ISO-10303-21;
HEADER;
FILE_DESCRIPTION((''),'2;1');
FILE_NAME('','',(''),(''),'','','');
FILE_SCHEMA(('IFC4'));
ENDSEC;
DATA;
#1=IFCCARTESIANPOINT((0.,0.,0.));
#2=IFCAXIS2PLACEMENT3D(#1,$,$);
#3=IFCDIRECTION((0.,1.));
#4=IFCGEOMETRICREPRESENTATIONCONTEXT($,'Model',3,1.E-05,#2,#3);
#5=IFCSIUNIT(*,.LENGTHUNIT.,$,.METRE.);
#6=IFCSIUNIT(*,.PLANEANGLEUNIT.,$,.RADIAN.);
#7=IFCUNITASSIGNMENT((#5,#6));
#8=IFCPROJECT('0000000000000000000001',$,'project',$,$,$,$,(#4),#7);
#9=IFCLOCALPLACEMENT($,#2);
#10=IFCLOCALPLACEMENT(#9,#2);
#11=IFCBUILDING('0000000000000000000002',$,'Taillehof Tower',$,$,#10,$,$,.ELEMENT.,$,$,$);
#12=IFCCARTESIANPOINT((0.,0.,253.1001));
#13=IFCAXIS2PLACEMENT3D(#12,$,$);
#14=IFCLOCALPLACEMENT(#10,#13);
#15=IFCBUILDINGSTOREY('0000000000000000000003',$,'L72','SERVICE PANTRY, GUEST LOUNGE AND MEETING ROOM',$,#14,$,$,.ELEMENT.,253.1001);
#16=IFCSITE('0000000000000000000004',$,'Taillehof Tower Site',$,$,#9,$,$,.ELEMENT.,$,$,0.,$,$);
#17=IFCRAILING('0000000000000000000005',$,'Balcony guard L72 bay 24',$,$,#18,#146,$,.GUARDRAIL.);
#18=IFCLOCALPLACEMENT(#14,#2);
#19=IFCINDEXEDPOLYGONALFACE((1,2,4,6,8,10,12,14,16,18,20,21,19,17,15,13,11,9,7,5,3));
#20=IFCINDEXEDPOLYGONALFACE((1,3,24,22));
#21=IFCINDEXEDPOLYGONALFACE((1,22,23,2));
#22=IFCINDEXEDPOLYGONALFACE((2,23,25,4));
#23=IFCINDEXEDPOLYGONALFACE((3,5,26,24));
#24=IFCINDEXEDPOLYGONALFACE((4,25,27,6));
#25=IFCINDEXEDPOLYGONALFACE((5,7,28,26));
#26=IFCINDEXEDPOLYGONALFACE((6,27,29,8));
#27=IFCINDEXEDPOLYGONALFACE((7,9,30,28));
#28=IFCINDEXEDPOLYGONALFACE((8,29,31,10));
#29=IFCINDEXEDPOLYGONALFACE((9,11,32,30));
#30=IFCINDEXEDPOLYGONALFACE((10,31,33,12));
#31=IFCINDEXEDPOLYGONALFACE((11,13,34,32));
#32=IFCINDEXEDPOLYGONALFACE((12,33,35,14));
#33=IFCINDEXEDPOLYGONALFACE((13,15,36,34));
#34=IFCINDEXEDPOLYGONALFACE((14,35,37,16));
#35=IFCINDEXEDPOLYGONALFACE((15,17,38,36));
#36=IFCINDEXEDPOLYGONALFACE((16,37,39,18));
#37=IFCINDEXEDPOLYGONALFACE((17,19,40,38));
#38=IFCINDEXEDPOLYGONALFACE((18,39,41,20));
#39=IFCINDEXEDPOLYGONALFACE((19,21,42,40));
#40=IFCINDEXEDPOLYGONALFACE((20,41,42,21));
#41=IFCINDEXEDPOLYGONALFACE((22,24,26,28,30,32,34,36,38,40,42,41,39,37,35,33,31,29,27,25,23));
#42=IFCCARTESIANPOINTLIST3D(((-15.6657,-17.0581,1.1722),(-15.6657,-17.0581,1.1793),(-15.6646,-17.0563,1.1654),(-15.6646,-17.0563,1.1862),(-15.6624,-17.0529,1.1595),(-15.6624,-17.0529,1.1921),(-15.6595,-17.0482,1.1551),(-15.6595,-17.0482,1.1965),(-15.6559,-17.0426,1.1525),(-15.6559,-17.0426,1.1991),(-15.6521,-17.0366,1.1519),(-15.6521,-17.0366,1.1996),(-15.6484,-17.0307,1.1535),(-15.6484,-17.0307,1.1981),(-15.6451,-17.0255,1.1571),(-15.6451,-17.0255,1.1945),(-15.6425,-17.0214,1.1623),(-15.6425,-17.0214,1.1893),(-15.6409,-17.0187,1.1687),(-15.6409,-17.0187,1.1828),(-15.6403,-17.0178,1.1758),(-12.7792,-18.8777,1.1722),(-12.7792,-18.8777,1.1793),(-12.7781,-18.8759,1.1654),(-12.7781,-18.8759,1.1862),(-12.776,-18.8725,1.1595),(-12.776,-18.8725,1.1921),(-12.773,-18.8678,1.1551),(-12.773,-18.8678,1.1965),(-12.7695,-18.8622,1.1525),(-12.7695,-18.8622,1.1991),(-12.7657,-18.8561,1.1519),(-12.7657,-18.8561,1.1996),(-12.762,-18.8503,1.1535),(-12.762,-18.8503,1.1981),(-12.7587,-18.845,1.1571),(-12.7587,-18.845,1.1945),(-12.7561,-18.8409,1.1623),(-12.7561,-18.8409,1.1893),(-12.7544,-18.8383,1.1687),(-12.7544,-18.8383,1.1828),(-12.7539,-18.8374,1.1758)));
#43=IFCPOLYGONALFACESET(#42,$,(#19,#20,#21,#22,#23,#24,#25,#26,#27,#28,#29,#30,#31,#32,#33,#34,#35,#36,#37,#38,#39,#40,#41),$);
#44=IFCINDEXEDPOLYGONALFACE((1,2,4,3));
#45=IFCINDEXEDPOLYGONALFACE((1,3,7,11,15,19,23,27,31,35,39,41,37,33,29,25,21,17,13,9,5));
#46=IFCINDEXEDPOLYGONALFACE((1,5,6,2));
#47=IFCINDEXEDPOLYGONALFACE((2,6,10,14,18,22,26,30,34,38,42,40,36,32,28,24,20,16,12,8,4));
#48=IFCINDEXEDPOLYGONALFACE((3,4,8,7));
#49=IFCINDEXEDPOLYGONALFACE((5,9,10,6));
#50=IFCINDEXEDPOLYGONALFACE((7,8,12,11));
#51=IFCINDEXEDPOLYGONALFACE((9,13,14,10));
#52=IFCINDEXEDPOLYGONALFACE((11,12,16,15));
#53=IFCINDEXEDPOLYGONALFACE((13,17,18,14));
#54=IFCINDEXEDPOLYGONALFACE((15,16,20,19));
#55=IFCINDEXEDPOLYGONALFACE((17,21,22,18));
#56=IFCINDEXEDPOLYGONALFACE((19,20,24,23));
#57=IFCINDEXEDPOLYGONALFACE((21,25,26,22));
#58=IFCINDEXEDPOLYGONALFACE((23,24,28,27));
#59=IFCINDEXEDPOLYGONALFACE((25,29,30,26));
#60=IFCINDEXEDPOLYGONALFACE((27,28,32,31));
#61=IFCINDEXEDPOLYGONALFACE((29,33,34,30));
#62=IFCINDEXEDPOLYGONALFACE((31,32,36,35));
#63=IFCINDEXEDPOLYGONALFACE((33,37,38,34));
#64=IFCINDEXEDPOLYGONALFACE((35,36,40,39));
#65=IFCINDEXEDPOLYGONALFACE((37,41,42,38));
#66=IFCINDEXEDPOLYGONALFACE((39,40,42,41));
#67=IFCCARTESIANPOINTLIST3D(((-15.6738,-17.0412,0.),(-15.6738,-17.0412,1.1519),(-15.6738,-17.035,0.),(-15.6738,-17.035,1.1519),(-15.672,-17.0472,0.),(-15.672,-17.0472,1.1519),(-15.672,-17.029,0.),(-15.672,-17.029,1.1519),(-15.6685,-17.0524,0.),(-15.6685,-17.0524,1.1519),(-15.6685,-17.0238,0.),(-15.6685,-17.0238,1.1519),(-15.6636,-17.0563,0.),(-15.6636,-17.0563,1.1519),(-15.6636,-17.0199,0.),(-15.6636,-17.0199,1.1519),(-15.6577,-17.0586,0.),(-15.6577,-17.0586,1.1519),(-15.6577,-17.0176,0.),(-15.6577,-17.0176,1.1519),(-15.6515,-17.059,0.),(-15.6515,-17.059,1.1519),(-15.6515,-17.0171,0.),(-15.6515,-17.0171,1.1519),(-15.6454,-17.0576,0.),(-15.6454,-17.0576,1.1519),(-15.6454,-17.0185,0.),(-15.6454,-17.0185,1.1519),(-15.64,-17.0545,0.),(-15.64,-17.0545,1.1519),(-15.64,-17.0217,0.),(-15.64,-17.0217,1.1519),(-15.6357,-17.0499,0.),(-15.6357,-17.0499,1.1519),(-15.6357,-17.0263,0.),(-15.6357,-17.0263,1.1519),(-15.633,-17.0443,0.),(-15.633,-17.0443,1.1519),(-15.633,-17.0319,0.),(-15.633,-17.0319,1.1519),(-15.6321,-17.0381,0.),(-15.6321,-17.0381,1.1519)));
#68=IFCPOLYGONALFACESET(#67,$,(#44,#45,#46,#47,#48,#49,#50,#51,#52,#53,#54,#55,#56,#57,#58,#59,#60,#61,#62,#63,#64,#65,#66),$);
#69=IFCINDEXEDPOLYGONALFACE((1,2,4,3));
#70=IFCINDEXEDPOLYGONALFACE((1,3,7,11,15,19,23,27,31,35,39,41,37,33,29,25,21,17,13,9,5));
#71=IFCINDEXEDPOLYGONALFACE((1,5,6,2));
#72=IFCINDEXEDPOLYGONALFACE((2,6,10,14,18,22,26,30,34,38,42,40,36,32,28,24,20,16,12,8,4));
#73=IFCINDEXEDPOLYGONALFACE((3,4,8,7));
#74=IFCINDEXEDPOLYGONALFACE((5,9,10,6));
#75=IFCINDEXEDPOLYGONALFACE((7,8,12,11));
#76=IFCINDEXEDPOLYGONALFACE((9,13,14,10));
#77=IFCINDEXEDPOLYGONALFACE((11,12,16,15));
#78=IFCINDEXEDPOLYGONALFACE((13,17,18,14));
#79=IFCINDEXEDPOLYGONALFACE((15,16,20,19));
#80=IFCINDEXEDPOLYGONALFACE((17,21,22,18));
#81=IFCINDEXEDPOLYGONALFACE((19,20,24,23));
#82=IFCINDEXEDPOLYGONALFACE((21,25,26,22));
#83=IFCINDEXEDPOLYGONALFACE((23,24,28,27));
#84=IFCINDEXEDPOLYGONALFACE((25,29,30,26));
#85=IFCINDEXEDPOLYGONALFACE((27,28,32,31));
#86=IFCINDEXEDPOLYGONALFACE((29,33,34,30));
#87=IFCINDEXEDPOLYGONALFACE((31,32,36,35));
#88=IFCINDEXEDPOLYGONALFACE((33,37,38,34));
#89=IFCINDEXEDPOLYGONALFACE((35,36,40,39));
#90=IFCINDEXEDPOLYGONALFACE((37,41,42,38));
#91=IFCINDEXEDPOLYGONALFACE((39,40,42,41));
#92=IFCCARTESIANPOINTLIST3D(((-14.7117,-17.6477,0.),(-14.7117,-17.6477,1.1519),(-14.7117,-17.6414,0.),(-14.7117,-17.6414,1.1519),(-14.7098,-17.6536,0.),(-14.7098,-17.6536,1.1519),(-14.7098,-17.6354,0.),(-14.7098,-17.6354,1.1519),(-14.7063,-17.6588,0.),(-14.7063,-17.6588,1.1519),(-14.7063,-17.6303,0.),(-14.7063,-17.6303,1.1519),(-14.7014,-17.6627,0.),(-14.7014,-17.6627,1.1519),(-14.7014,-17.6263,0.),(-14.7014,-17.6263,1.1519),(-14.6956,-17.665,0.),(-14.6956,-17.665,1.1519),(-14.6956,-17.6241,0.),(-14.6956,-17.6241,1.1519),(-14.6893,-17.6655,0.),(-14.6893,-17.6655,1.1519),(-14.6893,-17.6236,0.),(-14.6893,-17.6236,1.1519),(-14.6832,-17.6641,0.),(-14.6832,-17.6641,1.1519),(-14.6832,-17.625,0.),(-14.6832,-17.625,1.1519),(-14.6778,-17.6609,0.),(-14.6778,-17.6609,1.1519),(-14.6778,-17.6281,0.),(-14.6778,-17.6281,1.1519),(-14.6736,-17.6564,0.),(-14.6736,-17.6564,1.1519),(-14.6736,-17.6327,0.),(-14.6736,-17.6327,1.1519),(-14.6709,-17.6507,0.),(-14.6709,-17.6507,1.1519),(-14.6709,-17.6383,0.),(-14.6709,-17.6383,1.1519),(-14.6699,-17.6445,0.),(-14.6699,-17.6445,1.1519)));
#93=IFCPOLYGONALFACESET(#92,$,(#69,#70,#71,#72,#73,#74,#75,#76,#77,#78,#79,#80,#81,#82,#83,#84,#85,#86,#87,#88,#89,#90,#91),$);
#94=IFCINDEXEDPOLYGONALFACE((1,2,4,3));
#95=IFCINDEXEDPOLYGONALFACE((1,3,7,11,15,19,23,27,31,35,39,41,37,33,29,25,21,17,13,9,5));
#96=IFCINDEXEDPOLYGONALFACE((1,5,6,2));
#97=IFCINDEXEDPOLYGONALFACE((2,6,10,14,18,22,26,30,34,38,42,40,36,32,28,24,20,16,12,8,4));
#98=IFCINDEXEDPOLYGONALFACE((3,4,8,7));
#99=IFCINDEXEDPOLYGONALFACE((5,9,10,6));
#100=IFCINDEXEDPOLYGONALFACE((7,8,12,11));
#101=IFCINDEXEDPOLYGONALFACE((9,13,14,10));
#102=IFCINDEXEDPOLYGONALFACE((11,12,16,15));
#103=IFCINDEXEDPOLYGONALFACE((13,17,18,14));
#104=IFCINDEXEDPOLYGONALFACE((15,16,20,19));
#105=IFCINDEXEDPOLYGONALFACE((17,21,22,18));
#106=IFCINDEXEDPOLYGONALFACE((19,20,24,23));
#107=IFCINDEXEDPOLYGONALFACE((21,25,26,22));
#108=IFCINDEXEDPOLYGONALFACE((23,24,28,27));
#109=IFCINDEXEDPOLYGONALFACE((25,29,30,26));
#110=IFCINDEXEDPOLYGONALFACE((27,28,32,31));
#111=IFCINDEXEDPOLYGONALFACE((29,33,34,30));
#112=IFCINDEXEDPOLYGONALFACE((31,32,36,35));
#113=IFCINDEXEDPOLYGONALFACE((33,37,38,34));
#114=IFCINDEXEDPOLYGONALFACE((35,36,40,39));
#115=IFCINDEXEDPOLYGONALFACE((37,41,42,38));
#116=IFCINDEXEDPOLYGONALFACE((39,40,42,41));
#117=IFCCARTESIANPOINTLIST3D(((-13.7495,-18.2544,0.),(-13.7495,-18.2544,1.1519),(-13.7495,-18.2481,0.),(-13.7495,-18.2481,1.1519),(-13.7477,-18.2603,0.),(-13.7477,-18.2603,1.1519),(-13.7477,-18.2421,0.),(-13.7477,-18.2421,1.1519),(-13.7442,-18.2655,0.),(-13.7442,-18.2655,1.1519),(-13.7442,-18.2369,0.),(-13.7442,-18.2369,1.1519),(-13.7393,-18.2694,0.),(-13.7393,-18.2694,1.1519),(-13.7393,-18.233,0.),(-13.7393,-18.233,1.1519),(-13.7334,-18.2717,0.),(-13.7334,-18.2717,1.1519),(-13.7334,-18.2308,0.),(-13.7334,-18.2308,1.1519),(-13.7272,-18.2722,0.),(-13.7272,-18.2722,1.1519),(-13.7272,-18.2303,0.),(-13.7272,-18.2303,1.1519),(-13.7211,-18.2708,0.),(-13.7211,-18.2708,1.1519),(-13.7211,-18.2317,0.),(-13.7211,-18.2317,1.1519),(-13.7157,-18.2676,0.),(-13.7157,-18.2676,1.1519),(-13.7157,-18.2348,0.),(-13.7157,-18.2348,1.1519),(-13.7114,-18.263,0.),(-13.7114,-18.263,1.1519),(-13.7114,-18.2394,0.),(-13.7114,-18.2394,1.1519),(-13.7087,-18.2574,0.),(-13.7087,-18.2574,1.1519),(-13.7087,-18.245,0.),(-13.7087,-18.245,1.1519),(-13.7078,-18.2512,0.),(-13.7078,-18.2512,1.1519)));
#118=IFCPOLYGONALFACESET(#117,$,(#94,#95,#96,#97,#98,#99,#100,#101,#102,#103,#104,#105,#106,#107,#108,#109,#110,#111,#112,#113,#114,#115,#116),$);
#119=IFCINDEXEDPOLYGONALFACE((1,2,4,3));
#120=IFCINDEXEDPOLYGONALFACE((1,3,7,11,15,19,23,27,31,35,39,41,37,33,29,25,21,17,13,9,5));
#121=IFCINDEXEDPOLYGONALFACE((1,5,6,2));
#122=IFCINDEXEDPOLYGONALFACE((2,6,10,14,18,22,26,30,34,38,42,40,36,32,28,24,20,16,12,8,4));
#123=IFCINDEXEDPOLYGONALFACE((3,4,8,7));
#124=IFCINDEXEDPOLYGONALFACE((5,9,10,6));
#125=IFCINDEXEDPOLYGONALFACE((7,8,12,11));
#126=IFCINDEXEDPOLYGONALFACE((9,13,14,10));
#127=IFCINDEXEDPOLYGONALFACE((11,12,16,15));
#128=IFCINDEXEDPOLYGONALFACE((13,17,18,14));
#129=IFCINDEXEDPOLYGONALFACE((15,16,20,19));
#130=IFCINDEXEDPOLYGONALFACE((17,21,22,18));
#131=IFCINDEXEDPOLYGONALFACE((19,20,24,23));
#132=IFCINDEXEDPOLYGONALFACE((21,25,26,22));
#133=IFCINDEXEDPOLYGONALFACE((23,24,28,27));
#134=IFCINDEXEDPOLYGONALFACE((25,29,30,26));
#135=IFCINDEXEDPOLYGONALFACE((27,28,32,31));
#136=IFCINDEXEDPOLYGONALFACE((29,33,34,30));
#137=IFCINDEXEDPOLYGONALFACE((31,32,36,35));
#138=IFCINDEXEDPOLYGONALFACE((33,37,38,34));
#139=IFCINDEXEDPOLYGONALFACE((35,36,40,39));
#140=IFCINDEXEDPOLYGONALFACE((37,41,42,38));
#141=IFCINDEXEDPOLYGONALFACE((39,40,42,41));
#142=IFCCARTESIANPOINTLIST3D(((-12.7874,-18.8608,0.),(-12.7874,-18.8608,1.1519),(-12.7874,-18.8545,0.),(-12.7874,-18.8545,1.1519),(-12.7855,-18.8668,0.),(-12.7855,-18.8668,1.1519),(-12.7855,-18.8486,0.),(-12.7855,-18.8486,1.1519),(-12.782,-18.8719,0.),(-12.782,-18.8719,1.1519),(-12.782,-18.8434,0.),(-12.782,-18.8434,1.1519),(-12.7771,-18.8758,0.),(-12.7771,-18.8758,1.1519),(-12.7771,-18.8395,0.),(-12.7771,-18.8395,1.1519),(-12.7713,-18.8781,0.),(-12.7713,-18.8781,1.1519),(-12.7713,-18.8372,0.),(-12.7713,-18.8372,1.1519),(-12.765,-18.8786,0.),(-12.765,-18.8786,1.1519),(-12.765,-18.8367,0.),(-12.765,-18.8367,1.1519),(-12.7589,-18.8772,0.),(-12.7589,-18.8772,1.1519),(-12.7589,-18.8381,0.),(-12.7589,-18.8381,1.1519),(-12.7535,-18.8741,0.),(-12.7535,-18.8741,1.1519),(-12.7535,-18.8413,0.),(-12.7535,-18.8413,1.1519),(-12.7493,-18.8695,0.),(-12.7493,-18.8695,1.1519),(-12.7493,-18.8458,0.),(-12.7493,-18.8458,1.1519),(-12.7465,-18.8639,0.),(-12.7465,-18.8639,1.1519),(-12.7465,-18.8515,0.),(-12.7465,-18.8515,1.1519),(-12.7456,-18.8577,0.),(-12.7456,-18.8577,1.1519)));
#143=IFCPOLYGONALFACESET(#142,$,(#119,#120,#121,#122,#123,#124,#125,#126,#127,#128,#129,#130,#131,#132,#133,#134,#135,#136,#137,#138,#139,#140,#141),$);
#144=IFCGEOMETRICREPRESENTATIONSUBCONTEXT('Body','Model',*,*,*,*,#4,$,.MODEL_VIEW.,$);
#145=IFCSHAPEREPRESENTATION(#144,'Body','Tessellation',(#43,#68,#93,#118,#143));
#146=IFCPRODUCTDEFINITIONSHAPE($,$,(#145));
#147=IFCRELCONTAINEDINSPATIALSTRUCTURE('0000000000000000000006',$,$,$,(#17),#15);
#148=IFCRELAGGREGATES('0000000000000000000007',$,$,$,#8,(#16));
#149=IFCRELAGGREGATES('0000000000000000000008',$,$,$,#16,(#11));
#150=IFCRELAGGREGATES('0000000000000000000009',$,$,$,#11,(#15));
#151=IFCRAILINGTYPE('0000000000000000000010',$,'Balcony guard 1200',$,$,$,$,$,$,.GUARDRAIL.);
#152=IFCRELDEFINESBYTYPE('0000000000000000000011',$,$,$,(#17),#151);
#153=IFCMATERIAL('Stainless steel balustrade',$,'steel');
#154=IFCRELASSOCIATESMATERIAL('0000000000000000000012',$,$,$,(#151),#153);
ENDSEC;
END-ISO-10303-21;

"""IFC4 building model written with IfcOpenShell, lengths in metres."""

from ifc_helpers import new_model, si_unit, direction, frame, origin, origin_2d, place, context, subcontext, project, spatial, circle, extrude, material, type_object, element, save


model = new_model("IFC4")

# Units and contexts
model_context = context("Model", 3, precision=1e-05, world=origin(), true_north=direction((0.0, 1.0)))
body_context = subcontext(model_context, "Body", "Model", "MODEL_VIEW")
ifc_project = project(units=[si_unit("LENGTHUNIT", "METRE"), si_unit("PLANEANGLEUNIT", "RADIAN")], contexts=[model_context])

# Site, building, storey
site_placement = place(None, origin())
site = spatial("IfcSite", under=ifc_project, at=site_placement, Name="Taillehof Tower Site", CompositionType="ELEMENT", RefElevation=0.0)
building_placement = place(site_placement, origin())
building = spatial("IfcBuilding", under=site, at=building_placement, Name="Taillehof Tower", CompositionType="ELEMENT")
storey_placement = place(building_placement, frame((0.0, 0.0, 253.1001)))
storey = spatial("IfcBuildingStorey", under=building, at=storey_placement, Name="L72", Description="SERVICE PANTRY, GUEST LOUNGE AND MEETING ROOM", CompositionType="ELEMENT", Elevation=253.1001)

# Railing
ifc_material_1 = material(Name="Stainless steel balustrade", Category="steel")
railing_type_1 = type_object("IfcRailingType", Name="Balcony guard 1200", PredefinedType="GUARDRAIL", material=ifc_material_1)
railing_1_placement = place(storey_placement, frame((-15.6531, -17.0381, 0.0)))
element("IfcRailing", 1, at=railing_1_placement, inside=storey, type_object=railing_type_1, Name="Balcony guard L72 bay 24", PredefinedType="GUARDRAIL", context=body_context, shape_type="SweptSolid", body=[
    extrude(circle(Radius=0.0239, at=origin_2d()), frame((0.0, 0.0, 1.1758), z_axis=(0.845946, -0.533269, 0.0), x_axis=(0.533269, 0.845946, 0.0)), (0.0, 0.0, 1.0), 3.4121),
    extrude(circle(Radius=0.021, at=origin_2d()), origin(), (0.0, 0.0, 1.0), 1.1519),
    extrude(circle(Radius=0.021, at=origin_2d()), frame((0.9622, -0.6064, 0.0)), (0.0, 0.0, 1.0), 1.1519),
    extrude(circle(Radius=0.021, at=origin_2d()), frame((1.9243, -1.2131, 0.0)), (0.0, 0.0, 1.0), 1.1519),
    extrude(circle(Radius=0.021, at=origin_2d()), frame((2.8865, -1.8196, 0.0)), (0.0, 0.0, 1.0), 1.1519),
])

save(model, "model.ifc")
